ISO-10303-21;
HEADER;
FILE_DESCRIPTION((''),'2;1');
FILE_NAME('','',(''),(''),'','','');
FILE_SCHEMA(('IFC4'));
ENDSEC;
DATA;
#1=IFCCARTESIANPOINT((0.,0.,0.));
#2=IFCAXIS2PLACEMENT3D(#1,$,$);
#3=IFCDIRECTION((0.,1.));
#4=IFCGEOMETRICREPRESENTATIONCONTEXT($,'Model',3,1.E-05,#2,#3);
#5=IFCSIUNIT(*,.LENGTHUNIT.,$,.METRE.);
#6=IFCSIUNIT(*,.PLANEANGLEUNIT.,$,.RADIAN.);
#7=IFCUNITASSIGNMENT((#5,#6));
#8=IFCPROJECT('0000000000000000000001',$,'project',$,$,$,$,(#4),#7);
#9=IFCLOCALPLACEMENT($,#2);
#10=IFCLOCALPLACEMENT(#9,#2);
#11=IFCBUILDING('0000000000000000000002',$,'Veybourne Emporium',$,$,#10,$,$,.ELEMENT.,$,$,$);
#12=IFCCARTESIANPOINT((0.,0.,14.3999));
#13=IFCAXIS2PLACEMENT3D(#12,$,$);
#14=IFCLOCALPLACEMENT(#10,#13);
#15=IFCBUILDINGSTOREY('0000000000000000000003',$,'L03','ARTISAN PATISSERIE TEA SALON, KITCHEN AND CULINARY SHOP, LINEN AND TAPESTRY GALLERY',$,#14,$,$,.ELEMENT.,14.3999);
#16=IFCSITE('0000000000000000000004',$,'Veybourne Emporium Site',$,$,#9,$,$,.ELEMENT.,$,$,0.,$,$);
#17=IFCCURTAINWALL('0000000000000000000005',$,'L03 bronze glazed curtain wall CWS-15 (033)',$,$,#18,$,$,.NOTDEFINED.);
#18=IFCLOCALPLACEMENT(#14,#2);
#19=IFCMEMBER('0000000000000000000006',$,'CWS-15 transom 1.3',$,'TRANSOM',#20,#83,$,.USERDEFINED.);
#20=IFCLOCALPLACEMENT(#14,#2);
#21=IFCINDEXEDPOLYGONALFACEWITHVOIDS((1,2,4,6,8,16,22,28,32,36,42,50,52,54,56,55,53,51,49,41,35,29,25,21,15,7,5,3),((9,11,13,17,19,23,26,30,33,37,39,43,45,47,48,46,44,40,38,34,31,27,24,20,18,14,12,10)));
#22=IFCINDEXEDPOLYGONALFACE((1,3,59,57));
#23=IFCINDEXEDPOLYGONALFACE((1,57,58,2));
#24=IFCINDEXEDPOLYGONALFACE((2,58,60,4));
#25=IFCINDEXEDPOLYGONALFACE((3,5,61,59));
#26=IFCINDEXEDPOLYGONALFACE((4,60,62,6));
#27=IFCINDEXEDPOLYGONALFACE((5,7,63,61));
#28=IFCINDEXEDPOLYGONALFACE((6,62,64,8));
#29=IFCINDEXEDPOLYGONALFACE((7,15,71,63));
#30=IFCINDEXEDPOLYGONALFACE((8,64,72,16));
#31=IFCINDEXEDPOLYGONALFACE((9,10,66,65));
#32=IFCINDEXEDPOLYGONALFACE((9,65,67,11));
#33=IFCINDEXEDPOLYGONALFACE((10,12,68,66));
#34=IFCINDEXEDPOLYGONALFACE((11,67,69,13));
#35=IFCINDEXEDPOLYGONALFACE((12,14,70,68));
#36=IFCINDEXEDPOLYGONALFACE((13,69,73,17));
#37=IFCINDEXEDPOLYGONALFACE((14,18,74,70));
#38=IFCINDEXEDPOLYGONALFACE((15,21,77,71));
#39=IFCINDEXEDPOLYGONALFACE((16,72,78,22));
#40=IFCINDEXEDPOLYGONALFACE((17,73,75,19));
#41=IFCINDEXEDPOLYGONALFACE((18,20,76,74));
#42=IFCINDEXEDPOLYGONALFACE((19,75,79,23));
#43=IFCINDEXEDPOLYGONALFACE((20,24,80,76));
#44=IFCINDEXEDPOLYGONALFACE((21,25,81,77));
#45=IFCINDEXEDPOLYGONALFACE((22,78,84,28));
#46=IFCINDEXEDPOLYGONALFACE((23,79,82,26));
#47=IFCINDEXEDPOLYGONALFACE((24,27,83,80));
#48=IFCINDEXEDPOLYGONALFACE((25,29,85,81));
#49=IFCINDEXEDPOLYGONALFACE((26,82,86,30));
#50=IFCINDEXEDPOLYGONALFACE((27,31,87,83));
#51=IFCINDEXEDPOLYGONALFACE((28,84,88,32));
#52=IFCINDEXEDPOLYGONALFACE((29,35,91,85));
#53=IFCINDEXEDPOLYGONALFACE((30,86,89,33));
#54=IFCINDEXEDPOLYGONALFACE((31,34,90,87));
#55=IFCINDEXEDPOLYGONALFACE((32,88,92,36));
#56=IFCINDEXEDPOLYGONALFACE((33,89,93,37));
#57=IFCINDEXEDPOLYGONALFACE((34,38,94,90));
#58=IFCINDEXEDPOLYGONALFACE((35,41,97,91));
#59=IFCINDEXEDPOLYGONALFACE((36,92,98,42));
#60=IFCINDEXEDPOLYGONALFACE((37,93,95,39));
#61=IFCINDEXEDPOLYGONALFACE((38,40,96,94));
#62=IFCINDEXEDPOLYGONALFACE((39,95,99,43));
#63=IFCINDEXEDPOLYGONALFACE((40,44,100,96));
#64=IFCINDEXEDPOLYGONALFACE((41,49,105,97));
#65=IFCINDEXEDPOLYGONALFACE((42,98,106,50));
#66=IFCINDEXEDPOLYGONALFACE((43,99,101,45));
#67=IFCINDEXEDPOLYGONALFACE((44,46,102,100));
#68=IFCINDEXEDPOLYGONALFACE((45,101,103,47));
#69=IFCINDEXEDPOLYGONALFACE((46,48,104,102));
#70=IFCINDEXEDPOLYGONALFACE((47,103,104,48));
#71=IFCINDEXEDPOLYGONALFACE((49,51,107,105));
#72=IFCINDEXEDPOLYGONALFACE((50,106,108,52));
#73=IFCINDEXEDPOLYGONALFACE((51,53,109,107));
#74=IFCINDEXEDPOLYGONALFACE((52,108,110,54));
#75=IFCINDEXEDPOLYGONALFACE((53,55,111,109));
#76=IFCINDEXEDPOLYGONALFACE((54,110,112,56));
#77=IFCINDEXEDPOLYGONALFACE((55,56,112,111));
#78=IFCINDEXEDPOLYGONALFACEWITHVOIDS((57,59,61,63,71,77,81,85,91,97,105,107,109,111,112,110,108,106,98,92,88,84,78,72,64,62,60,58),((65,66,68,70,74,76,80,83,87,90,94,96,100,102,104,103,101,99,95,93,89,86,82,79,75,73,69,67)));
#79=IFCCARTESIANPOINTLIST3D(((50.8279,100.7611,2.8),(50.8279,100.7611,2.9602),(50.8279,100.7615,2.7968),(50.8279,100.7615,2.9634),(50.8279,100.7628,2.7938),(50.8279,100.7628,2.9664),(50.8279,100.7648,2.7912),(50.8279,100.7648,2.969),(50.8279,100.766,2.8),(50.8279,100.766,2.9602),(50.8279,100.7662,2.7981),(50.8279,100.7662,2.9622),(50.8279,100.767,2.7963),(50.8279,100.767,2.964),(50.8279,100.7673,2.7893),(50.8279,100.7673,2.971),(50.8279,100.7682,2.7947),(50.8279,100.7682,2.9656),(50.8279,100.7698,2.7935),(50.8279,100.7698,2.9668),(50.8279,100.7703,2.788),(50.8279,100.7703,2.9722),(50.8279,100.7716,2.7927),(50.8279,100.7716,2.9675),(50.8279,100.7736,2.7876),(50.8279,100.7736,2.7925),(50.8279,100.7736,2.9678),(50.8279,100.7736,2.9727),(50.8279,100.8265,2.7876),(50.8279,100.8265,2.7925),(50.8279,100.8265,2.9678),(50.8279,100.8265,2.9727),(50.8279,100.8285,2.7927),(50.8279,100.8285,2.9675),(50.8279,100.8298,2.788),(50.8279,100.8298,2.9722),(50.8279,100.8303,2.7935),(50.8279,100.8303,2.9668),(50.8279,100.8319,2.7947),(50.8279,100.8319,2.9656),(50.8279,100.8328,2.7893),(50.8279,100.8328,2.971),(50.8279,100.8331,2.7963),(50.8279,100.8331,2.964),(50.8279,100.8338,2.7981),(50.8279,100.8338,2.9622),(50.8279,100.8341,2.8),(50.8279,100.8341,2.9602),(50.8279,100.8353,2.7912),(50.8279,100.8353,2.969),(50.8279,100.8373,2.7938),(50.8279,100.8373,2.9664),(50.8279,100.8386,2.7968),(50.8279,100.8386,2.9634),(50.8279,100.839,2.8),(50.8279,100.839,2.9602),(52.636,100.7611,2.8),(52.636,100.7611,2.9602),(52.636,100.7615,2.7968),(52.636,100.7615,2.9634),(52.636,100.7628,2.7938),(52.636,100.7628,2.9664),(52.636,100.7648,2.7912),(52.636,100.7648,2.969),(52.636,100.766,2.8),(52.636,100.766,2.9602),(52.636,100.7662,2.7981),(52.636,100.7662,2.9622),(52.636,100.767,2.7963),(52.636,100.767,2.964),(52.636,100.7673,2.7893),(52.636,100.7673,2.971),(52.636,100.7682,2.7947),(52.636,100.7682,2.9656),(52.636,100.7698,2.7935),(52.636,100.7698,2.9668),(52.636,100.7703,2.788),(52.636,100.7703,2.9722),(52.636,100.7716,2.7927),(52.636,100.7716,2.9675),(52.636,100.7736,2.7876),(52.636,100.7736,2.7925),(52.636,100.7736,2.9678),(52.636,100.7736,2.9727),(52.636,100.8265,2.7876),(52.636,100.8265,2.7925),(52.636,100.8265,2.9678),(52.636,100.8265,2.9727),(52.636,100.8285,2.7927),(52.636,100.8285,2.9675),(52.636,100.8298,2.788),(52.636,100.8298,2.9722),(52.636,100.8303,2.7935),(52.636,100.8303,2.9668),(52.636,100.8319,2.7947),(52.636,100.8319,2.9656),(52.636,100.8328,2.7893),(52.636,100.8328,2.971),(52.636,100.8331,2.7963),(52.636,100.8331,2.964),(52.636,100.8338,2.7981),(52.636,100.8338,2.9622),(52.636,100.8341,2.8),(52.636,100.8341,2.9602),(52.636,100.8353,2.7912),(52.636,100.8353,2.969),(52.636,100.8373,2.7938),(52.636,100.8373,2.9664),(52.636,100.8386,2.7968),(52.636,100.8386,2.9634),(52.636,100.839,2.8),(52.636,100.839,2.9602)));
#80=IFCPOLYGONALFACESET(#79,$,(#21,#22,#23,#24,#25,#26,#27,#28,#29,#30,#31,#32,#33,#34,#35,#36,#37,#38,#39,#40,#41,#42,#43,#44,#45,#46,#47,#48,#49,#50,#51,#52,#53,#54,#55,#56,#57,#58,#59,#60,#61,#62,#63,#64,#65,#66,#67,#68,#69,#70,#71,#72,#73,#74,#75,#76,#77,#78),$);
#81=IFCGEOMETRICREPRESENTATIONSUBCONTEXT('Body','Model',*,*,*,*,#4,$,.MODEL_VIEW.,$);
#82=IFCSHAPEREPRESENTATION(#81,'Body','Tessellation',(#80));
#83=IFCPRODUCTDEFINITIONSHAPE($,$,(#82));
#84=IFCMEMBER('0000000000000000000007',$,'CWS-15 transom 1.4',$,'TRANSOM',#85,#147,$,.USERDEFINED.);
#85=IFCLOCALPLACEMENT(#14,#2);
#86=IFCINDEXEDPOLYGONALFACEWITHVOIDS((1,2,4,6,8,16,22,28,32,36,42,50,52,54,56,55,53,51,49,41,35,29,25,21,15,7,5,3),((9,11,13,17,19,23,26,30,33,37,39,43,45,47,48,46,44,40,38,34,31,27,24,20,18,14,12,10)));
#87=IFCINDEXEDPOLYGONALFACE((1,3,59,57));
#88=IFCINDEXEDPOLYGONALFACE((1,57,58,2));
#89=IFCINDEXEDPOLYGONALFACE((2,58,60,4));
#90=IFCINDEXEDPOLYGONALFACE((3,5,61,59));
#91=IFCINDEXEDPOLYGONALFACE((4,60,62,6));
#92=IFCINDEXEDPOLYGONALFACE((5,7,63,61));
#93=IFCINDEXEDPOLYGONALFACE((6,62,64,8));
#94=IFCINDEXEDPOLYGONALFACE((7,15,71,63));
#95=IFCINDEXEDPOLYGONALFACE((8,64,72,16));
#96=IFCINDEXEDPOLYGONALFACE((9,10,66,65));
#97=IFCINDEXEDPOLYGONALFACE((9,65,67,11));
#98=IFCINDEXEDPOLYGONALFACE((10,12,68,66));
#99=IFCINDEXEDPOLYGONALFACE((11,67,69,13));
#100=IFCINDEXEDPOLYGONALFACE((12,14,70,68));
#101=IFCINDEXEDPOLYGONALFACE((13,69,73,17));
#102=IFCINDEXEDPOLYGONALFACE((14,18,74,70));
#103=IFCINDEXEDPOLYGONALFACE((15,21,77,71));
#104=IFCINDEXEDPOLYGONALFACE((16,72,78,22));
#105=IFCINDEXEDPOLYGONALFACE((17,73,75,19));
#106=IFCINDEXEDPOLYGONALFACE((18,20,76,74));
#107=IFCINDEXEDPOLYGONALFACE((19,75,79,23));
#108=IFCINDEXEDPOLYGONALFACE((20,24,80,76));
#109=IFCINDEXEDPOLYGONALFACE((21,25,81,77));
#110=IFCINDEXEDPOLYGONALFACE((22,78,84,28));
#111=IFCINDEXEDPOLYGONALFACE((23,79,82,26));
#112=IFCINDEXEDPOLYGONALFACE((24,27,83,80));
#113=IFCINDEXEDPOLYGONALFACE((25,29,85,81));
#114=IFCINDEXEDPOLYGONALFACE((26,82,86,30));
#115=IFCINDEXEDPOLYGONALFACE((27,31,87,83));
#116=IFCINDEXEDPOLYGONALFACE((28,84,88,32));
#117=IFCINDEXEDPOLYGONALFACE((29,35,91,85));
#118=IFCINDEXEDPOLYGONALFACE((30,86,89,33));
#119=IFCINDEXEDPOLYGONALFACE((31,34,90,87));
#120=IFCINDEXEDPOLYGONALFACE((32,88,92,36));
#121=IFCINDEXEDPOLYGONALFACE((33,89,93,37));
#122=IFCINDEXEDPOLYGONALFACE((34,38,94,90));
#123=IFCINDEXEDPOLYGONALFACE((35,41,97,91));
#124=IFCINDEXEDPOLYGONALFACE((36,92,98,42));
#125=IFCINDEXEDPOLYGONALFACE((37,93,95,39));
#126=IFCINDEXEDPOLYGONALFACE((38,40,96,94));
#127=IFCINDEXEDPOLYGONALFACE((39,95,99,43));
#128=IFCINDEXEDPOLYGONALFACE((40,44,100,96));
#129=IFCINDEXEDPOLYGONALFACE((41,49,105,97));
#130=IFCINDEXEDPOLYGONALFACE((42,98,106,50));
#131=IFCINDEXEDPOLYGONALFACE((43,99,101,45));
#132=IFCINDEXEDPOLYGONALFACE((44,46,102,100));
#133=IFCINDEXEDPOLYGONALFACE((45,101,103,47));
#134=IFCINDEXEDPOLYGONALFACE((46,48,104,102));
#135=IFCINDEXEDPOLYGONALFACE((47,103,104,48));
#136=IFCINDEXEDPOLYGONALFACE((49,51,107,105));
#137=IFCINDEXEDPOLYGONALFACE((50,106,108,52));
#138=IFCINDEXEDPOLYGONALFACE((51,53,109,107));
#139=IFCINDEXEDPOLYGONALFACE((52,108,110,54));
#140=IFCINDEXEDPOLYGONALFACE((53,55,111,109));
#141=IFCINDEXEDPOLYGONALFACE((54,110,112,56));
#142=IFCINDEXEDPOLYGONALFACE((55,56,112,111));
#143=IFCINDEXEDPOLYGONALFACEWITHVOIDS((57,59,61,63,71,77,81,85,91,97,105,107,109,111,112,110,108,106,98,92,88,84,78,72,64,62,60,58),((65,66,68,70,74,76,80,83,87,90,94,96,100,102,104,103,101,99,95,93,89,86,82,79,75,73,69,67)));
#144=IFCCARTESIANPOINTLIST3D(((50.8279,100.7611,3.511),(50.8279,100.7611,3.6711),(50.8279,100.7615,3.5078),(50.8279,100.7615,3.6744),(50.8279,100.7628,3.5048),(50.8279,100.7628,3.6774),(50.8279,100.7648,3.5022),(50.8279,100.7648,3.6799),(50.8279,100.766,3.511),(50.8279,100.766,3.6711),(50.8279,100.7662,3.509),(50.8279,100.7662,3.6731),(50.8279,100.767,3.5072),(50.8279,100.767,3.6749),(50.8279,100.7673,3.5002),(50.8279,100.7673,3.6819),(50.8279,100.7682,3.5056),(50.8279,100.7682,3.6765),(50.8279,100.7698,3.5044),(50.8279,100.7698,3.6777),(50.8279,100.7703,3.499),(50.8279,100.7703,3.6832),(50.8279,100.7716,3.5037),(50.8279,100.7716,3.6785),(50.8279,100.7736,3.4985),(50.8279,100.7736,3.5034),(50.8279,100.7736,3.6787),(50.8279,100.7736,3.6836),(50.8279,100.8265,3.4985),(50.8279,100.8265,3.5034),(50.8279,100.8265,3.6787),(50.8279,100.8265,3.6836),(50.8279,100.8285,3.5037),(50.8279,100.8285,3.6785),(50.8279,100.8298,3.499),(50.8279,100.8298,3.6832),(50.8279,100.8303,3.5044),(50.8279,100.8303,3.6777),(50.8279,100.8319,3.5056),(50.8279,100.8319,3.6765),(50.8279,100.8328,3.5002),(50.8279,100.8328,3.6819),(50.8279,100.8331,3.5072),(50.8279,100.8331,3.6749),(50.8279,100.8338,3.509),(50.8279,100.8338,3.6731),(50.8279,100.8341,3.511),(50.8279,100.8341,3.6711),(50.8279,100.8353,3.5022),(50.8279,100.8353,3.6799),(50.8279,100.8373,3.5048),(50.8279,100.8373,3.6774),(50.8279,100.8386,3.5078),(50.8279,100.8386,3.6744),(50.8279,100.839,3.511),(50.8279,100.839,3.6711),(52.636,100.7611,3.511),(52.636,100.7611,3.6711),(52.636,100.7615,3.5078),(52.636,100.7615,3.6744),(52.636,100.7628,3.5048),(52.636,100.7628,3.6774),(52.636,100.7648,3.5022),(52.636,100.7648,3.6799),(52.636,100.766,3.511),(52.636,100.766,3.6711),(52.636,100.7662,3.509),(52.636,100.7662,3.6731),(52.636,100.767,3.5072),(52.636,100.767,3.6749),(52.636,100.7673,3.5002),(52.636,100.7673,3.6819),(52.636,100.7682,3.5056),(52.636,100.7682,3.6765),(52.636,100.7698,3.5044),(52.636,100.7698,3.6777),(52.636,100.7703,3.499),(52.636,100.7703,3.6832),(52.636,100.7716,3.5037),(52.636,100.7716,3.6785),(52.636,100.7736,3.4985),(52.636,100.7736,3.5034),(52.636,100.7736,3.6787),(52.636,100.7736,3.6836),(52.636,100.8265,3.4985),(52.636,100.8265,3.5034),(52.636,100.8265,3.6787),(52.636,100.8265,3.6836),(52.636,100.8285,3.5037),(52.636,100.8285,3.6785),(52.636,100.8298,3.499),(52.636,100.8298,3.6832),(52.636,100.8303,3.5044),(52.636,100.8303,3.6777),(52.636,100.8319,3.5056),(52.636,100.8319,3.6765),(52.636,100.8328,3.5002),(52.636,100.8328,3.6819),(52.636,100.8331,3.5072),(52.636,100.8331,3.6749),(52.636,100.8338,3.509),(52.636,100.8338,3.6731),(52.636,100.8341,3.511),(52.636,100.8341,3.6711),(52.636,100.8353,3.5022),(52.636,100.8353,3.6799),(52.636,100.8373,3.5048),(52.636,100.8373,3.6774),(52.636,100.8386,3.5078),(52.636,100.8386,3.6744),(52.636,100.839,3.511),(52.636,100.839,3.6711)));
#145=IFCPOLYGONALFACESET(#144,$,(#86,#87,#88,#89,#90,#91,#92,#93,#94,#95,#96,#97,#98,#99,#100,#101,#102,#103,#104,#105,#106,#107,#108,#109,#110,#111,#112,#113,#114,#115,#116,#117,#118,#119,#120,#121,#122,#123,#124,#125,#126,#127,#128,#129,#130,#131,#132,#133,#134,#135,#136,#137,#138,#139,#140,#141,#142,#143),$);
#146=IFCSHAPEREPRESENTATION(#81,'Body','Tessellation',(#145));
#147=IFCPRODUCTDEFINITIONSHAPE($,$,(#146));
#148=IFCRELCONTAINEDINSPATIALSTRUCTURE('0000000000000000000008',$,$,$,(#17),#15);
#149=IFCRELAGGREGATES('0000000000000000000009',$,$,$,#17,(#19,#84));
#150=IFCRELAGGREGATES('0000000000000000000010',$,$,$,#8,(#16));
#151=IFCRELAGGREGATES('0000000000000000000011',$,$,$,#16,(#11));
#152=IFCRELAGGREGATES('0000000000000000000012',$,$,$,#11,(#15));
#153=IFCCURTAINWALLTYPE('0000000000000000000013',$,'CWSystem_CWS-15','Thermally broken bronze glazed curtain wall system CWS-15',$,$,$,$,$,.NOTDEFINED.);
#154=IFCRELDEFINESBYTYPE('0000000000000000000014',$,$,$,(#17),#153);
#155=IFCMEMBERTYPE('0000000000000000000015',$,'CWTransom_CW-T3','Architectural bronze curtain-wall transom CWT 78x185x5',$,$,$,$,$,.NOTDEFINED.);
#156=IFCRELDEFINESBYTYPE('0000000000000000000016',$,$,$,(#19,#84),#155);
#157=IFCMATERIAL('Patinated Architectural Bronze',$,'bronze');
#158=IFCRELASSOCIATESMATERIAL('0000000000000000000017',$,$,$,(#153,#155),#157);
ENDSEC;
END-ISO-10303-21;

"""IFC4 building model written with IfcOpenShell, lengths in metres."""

from ifc_helpers import new_model, si_unit, direction, frame, origin, origin_2d, place, context, subcontext, project, spatial, hollow_rectangle, extrude, material, material_profile, profile_set, type_object, element, aggregate, save


model = new_model("IFC4")

# Units and contexts
model_context = context("Model", 3, precision=1e-05, world=origin(), true_north=direction((0.0, 1.0)))
body_context = subcontext(model_context, "Body", "Model", "MODEL_VIEW")
ifc_project = project(units=[si_unit("LENGTHUNIT", "METRE"), si_unit("PLANEANGLEUNIT", "RADIAN")], contexts=[model_context])

# Site, building, storey
site_placement = place(None, origin())
site = spatial("IfcSite", under=ifc_project, at=site_placement, Name="Veybourne Emporium Site", CompositionType="ELEMENT", RefElevation=0.0)
building_placement = place(site_placement, origin())
building = spatial("IfcBuilding", under=site, at=building_placement, Name="Veybourne Emporium", CompositionType="ELEMENT")
storey_placement = place(building_placement, frame((0.0, 0.0, 14.3999)))
storey = spatial("IfcBuildingStorey", under=building, at=storey_placement, Name="L03", Description="ARTISAN PATISSERIE TEA SALON, KITCHEN AND CULINARY SHOP, LINEN AND TAPESTRY GALLERY", CompositionType="ELEMENT", Elevation=14.3999)

# Curtain wall, members
ifc_material_1 = material(Name="Patinated Architectural Bronze", Category="bronze")
curtain_wall_type = type_object("IfcCurtainWallType", Name="CWSystem_CWS-15", Description="Thermally broken bronze glazed curtain wall system CWS-15", PredefinedType="NOTDEFINED", material=ifc_material_1)
curtain_wall_placement = place(storey_placement, origin())
curtain_wall = element("IfcCurtainWall", 1, at=curtain_wall_placement, inside=storey, type_object=curtain_wall_type, Name="L03 bronze glazed curtain wall CWS-15 (033)", PredefinedType="NOTDEFINED")
ifc_material_profile_1 = material_profile(ifc_material_1, hollow_rectangle(XDim=0.0779, YDim=0.1851, WallThickness=0.0049, InnerFilletRadius=0.0076, OuterFilletRadius=0.0125, at=origin_2d()), Name="CWT 78x185x5")
ifc_profile_set_1 = profile_set([ifc_material_profile_1], Name="Patinated Architectural Bronze")
member_type_1 = type_object("IfcMemberType", Name="CWTransom_CW-T3", Description="Architectural bronze curtain-wall transom CWT 78x185x5", PredefinedType="NOTDEFINED", material=ifc_profile_set_1)
member_1_placement = place(storey_placement, frame((50.8279, 100.8, 2.8801), z_axis=(1.0, 0.0, 0.0), x_axis=(0.0, 1.0, 0.0)))
member_1 = element("IfcMember", 2, at=member_1_placement, type_object=member_type_1, Name="CWS-15 transom 1.3", ObjectType="TRANSOM", PredefinedType="USERDEFINED", context=body_context, shape_type="SweptSolid", body=[
    extrude(hollow_rectangle(XDim=0.0779, YDim=0.1851, WallThickness=0.0049, InnerFilletRadius=0.0076, OuterFilletRadius=0.0125, at=origin_2d()), origin(), (0.0, 0.0, 1.0), 1.8081),
])
member_2_placement = place(storey_placement, frame((50.8279, 100.8, 3.5911), z_axis=(1.0, 0.0, 0.0), x_axis=(0.0, 1.0, 0.0)))
member_2 = element("IfcMember", 3, at=member_2_placement, type_object=member_type_1, Name="CWS-15 transom 1.4", ObjectType="TRANSOM", PredefinedType="USERDEFINED", context=body_context, shape_type="SweptSolid", body=[
    extrude(hollow_rectangle(XDim=0.0779, YDim=0.1851, WallThickness=0.0049, InnerFilletRadius=0.0076, OuterFilletRadius=0.0125, at=origin_2d()), origin(), (0.0, 0.0, 1.0), 1.8081),
])

aggregate(curtain_wall, [member_1, member_2])

save(model, "model.ifc")
